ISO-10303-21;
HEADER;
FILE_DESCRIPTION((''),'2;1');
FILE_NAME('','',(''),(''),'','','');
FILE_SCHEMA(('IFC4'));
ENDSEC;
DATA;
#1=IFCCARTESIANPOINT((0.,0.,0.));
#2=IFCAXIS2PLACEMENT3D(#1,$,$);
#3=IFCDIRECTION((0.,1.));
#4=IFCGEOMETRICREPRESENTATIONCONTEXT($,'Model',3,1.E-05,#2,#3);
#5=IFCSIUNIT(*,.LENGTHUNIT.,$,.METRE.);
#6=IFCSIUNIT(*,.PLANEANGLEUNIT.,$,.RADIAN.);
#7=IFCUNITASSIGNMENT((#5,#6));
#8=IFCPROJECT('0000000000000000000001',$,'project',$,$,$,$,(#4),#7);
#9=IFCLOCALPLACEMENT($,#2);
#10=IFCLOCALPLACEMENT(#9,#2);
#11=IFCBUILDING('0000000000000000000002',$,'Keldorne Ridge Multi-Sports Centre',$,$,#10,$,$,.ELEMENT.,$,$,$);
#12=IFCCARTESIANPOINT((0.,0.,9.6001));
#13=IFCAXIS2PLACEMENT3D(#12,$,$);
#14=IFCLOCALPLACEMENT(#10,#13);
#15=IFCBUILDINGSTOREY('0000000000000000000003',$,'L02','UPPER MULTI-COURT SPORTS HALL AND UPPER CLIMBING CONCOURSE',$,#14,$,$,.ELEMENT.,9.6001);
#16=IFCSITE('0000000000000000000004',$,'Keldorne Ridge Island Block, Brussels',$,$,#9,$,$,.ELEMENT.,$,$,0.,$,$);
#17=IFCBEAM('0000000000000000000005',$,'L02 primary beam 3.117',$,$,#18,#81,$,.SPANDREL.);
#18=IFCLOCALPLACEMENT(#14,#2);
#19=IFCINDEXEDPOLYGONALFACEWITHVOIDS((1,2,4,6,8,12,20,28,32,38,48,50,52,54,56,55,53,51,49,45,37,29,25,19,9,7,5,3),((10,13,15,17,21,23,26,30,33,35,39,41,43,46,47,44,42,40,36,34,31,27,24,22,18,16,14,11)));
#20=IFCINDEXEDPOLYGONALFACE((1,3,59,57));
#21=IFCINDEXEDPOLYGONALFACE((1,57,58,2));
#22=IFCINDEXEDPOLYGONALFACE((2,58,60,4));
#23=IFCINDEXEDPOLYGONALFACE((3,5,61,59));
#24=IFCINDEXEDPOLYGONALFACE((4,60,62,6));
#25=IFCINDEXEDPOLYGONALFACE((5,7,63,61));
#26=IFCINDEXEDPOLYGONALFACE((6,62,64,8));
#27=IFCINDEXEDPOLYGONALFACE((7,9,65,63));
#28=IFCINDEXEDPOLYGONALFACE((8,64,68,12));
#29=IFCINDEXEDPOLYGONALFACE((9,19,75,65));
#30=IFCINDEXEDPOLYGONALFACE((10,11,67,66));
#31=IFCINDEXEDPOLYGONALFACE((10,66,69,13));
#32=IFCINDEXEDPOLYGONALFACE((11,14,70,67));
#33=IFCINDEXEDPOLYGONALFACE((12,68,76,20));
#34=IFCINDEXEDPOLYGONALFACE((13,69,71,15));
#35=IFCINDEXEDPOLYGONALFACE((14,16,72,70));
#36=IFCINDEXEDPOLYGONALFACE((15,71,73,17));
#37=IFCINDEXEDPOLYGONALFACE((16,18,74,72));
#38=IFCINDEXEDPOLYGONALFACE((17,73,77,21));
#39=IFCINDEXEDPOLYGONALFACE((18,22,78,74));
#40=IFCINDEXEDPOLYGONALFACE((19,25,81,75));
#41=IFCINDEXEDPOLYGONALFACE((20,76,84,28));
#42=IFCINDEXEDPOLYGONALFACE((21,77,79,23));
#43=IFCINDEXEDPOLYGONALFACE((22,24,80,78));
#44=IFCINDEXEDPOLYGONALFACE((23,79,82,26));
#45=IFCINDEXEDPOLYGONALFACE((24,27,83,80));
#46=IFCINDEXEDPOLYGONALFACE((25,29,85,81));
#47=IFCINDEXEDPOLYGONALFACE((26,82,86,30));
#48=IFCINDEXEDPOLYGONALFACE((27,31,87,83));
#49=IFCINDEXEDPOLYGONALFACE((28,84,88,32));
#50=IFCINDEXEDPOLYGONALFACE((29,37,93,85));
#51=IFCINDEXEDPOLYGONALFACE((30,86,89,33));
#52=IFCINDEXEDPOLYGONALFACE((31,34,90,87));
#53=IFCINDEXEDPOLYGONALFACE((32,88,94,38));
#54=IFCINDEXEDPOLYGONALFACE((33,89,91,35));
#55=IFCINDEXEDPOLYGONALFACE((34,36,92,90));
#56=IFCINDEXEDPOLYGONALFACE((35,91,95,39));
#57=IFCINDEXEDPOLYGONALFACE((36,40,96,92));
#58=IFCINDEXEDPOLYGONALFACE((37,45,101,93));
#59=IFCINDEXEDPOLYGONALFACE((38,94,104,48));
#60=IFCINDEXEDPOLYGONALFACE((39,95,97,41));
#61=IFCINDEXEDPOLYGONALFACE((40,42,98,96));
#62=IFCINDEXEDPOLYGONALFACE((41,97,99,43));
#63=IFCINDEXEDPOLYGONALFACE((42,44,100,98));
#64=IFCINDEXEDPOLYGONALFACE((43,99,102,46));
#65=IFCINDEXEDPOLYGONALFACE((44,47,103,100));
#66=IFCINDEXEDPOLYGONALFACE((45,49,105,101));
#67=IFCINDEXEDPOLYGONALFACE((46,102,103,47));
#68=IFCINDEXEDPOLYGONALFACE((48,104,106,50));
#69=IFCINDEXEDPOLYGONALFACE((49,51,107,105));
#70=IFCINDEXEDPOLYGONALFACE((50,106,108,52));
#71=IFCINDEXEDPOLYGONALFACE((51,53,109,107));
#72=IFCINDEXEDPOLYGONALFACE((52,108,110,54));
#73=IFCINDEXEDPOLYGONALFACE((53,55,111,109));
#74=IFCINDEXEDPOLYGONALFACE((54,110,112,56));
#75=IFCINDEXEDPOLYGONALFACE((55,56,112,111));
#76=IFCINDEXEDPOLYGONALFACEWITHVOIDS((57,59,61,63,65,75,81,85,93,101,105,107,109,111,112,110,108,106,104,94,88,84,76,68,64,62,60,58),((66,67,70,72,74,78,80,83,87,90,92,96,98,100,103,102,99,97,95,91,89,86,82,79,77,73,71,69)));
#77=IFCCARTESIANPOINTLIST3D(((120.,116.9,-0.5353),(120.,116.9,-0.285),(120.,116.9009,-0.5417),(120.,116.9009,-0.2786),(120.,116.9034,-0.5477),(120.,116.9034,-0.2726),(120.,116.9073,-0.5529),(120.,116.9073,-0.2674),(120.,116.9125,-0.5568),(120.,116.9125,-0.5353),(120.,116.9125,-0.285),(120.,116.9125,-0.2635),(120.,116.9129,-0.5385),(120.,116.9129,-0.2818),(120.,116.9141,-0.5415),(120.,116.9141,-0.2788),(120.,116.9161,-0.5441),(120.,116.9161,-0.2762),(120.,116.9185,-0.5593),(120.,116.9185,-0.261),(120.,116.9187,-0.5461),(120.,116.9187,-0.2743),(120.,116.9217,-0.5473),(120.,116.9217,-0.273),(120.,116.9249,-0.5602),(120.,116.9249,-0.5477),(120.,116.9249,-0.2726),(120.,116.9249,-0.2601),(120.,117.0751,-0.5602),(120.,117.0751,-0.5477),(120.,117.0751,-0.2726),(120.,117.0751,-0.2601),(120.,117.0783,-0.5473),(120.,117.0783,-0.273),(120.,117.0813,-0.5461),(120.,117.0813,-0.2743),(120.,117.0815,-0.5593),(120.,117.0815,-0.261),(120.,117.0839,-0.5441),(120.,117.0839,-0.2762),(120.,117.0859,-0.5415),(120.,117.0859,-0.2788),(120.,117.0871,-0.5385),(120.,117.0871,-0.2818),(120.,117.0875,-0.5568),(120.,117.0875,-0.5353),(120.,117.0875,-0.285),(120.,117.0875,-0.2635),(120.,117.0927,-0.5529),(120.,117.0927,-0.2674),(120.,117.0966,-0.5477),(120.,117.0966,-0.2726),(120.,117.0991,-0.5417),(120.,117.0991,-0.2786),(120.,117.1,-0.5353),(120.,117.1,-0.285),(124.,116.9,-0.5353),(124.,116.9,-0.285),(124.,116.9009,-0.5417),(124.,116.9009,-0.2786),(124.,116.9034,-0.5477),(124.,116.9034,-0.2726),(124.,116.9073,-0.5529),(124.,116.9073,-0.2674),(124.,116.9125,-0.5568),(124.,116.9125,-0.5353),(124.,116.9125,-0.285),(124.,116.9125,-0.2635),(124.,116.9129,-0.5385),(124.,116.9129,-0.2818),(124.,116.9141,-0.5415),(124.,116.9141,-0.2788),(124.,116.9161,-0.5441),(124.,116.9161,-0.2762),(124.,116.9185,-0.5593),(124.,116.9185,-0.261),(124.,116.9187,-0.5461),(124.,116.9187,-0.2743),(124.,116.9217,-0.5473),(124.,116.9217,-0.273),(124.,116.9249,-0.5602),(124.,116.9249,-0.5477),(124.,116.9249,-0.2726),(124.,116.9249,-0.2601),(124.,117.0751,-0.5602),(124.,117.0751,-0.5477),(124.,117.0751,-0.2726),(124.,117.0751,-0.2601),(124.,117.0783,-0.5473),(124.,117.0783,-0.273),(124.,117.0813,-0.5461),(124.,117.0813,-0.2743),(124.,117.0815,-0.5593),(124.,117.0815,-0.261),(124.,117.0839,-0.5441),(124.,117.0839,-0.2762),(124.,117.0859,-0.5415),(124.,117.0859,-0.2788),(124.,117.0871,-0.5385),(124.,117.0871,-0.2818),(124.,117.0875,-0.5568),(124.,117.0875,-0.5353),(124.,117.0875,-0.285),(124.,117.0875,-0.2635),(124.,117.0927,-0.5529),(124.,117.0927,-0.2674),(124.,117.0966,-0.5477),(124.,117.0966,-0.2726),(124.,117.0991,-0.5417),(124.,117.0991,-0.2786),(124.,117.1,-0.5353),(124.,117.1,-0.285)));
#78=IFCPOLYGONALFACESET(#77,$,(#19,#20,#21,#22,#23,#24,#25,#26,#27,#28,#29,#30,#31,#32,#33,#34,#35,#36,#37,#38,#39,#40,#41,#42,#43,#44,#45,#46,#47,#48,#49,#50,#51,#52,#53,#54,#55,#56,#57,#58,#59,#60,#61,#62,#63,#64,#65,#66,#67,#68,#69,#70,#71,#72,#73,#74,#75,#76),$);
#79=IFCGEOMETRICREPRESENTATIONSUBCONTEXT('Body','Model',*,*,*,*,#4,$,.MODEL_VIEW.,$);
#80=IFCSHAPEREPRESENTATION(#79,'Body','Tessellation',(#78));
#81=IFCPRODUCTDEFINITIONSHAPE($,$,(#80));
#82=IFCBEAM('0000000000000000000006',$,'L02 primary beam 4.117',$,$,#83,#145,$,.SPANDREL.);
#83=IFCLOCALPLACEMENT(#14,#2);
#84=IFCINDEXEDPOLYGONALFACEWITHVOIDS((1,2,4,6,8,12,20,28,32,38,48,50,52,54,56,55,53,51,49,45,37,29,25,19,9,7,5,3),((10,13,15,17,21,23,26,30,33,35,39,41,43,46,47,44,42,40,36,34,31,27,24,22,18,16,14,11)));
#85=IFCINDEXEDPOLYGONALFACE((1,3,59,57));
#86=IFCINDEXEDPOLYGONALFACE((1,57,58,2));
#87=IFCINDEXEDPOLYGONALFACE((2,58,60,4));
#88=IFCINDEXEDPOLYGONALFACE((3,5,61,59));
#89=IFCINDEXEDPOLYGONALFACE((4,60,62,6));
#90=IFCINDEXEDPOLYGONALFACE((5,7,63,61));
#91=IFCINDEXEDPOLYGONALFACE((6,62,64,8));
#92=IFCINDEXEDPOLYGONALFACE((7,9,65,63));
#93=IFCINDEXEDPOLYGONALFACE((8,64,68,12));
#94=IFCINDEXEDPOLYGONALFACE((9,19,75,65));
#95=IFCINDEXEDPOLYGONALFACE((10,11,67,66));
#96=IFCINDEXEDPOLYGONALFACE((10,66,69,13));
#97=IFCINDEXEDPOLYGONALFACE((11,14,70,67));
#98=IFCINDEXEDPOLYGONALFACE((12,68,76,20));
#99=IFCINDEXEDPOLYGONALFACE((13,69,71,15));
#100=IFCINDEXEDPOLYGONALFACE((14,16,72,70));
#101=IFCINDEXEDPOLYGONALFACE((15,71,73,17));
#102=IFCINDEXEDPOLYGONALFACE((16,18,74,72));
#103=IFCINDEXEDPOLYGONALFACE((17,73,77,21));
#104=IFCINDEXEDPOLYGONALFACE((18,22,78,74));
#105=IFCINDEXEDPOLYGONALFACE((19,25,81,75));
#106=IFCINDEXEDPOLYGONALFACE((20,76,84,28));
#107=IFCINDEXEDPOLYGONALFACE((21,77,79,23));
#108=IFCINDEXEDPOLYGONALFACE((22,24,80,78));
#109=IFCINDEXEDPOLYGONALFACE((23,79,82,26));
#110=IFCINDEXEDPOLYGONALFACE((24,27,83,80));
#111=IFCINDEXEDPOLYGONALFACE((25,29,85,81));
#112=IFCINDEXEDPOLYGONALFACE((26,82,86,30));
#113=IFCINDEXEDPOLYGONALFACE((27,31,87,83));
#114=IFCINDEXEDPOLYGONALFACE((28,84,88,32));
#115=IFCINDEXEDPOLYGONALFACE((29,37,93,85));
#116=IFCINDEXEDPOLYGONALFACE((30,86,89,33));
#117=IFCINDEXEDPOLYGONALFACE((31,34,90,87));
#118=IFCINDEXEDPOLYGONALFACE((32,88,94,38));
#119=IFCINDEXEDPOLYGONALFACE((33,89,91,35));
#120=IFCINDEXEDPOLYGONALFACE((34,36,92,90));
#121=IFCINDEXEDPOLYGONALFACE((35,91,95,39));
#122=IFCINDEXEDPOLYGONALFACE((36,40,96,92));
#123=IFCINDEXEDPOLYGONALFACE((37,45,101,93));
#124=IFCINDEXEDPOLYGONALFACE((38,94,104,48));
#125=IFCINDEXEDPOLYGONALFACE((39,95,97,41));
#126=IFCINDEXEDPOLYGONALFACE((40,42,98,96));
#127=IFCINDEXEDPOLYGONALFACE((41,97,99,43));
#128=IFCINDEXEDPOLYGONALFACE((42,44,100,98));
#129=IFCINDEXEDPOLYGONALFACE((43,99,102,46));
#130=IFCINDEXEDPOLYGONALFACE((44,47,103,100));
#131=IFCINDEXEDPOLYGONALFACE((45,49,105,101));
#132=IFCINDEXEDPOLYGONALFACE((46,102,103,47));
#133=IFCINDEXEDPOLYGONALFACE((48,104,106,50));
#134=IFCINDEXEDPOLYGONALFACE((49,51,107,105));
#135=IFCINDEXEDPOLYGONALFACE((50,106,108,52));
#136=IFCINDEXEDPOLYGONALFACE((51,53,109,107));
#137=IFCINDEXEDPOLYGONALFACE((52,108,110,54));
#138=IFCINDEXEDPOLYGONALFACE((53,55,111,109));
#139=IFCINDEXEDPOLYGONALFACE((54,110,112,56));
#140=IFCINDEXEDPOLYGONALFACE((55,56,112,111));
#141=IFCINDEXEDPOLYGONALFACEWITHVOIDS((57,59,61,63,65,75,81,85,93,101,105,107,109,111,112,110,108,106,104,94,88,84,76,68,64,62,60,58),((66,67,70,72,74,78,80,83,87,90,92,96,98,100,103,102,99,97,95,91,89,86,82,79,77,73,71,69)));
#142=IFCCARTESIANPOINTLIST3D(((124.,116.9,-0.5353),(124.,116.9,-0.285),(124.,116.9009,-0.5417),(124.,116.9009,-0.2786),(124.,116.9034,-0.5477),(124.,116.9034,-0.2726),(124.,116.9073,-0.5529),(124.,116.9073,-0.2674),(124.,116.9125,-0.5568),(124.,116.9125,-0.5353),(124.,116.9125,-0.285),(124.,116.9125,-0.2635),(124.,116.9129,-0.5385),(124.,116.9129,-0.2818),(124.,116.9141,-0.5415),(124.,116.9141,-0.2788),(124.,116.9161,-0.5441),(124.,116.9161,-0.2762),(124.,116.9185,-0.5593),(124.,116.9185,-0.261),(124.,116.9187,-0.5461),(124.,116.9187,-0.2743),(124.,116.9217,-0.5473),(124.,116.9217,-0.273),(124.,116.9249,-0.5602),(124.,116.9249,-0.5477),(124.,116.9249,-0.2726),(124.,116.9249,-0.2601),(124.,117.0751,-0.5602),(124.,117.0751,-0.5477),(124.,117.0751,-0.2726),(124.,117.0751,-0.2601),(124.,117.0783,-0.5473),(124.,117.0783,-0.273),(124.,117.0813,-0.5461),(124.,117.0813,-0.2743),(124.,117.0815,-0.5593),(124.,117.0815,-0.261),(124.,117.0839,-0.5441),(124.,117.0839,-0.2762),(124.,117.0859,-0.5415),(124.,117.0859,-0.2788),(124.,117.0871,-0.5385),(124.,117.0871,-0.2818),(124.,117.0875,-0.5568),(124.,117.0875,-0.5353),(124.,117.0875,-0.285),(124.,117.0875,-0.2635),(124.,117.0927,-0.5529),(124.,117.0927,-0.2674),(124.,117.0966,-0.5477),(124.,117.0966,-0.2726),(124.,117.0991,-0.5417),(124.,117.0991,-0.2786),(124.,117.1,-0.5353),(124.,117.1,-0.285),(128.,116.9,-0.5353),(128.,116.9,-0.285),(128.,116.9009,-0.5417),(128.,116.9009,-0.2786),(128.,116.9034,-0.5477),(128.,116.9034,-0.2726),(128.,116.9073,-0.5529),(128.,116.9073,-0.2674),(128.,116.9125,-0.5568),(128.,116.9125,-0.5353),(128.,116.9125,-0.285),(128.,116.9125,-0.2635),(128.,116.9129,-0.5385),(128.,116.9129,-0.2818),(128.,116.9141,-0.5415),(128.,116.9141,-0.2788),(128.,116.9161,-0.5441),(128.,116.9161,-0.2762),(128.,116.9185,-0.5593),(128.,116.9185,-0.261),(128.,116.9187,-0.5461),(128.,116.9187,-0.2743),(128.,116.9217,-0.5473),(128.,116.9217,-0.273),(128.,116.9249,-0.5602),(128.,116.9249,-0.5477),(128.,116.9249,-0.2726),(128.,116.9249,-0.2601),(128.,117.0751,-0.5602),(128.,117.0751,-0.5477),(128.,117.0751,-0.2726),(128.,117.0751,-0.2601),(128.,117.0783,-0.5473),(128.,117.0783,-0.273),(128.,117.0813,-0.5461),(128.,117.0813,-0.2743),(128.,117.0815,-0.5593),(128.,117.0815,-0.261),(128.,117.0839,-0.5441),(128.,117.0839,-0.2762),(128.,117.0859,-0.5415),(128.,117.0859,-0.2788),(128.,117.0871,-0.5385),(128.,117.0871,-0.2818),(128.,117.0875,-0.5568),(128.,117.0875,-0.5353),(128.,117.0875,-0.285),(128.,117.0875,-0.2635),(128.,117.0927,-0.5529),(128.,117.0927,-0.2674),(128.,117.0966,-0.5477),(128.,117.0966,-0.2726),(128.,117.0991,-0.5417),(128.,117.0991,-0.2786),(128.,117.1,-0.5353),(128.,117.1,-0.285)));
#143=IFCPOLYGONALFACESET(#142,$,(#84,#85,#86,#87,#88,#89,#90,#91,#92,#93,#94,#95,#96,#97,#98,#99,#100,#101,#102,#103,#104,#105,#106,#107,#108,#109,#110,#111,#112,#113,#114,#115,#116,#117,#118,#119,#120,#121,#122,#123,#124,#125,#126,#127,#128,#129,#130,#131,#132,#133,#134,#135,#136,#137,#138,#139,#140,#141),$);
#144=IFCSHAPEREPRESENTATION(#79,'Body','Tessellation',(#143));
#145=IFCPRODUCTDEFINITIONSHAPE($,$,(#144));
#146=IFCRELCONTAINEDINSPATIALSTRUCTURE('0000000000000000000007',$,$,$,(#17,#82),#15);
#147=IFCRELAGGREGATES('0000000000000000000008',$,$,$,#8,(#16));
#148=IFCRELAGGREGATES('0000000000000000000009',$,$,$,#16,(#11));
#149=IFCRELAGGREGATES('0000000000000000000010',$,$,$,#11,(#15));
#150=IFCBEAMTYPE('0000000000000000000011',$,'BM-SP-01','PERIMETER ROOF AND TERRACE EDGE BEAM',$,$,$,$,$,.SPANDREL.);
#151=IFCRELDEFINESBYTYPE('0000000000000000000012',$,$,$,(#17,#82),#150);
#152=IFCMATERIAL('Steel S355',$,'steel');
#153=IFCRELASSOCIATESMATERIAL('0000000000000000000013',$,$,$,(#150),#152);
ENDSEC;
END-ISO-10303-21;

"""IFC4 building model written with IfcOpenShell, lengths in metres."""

from ifc_helpers import new_model, si_unit, direction, frame, origin, origin_2d, place, context, subcontext, project, spatial, hollow_rectangle, extrude, material, material_profile, profile_set, type_object, element, save


model = new_model("IFC4")

# Units and contexts
model_context = context("Model", 3, precision=1e-05, world=origin(), true_north=direction((0.0, 1.0)))
body_context = subcontext(model_context, "Body", "Model", "MODEL_VIEW")
ifc_project = project(units=[si_unit("LENGTHUNIT", "METRE"), si_unit("PLANEANGLEUNIT", "RADIAN")], contexts=[model_context])

# Site, building, storey
site_placement = place(None, origin())
site = spatial("IfcSite", under=ifc_project, at=site_placement, Name="Keldorne Ridge Island Block, Brussels", CompositionType="ELEMENT", RefElevation=0.0)
building_placement = place(site_placement, origin())
building = spatial("IfcBuilding", under=site, at=building_placement, Name="Keldorne Ridge Multi-Sports Centre", CompositionType="ELEMENT")
storey_placement = place(building_placement, frame((0.0, 0.0, 9.6001)))
storey = spatial("IfcBuildingStorey", under=building, at=storey_placement, Name="L02", Description="UPPER MULTI-COURT SPORTS HALL AND UPPER CLIMBING CONCOURSE", CompositionType="ELEMENT", Elevation=9.6001)

# Shared definitions
ifc_material_1 = material(Name="Steel S355", Category="steel")

# Beams
ifc_material_profile_1 = material_profile(ifc_material_1, hollow_rectangle(XDim=0.2, YDim=0.3, WallThickness=0.0125, InnerFilletRadius=0.0125, OuterFilletRadius=0.0249, at=origin_2d()), Name="RHS 300x200x12.5")
ifc_profile_set_1 = profile_set([ifc_material_profile_1], Name="Steel S355")
beam_type = type_object("IfcBeamType", Name="BM-SP-01", Description="PERIMETER ROOF AND TERRACE EDGE BEAM", PredefinedType="SPANDREL", material=ifc_profile_set_1)
for number, where, z_axis, x_axis, name in (
    (1, (120.0, 117.0, -0.4102), (1.0, 0.0, 0.0), (0.0, 1.0, 0.0), "L02 primary beam 3.117"),
    (2, (124.0, 117.0, -0.4102), (1.0, 0.0, 0.0), (0.0, 1.0, 0.0), "L02 primary beam 4.117"),
):
    element("IfcBeam", number, at=place(storey_placement, frame(where, z_axis=z_axis, x_axis=x_axis)), inside=storey, type_object=beam_type, Name=name, PredefinedType="SPANDREL", context=body_context, shape_type="SweptSolid", body=[
        extrude(hollow_rectangle(XDim=0.2, YDim=0.3, WallThickness=0.0125, InnerFilletRadius=0.0125, OuterFilletRadius=0.0249, at=origin_2d()), origin(), (0.0, 0.0, 1.0), 4.0),
    ])

save(model, "model.ifc")
